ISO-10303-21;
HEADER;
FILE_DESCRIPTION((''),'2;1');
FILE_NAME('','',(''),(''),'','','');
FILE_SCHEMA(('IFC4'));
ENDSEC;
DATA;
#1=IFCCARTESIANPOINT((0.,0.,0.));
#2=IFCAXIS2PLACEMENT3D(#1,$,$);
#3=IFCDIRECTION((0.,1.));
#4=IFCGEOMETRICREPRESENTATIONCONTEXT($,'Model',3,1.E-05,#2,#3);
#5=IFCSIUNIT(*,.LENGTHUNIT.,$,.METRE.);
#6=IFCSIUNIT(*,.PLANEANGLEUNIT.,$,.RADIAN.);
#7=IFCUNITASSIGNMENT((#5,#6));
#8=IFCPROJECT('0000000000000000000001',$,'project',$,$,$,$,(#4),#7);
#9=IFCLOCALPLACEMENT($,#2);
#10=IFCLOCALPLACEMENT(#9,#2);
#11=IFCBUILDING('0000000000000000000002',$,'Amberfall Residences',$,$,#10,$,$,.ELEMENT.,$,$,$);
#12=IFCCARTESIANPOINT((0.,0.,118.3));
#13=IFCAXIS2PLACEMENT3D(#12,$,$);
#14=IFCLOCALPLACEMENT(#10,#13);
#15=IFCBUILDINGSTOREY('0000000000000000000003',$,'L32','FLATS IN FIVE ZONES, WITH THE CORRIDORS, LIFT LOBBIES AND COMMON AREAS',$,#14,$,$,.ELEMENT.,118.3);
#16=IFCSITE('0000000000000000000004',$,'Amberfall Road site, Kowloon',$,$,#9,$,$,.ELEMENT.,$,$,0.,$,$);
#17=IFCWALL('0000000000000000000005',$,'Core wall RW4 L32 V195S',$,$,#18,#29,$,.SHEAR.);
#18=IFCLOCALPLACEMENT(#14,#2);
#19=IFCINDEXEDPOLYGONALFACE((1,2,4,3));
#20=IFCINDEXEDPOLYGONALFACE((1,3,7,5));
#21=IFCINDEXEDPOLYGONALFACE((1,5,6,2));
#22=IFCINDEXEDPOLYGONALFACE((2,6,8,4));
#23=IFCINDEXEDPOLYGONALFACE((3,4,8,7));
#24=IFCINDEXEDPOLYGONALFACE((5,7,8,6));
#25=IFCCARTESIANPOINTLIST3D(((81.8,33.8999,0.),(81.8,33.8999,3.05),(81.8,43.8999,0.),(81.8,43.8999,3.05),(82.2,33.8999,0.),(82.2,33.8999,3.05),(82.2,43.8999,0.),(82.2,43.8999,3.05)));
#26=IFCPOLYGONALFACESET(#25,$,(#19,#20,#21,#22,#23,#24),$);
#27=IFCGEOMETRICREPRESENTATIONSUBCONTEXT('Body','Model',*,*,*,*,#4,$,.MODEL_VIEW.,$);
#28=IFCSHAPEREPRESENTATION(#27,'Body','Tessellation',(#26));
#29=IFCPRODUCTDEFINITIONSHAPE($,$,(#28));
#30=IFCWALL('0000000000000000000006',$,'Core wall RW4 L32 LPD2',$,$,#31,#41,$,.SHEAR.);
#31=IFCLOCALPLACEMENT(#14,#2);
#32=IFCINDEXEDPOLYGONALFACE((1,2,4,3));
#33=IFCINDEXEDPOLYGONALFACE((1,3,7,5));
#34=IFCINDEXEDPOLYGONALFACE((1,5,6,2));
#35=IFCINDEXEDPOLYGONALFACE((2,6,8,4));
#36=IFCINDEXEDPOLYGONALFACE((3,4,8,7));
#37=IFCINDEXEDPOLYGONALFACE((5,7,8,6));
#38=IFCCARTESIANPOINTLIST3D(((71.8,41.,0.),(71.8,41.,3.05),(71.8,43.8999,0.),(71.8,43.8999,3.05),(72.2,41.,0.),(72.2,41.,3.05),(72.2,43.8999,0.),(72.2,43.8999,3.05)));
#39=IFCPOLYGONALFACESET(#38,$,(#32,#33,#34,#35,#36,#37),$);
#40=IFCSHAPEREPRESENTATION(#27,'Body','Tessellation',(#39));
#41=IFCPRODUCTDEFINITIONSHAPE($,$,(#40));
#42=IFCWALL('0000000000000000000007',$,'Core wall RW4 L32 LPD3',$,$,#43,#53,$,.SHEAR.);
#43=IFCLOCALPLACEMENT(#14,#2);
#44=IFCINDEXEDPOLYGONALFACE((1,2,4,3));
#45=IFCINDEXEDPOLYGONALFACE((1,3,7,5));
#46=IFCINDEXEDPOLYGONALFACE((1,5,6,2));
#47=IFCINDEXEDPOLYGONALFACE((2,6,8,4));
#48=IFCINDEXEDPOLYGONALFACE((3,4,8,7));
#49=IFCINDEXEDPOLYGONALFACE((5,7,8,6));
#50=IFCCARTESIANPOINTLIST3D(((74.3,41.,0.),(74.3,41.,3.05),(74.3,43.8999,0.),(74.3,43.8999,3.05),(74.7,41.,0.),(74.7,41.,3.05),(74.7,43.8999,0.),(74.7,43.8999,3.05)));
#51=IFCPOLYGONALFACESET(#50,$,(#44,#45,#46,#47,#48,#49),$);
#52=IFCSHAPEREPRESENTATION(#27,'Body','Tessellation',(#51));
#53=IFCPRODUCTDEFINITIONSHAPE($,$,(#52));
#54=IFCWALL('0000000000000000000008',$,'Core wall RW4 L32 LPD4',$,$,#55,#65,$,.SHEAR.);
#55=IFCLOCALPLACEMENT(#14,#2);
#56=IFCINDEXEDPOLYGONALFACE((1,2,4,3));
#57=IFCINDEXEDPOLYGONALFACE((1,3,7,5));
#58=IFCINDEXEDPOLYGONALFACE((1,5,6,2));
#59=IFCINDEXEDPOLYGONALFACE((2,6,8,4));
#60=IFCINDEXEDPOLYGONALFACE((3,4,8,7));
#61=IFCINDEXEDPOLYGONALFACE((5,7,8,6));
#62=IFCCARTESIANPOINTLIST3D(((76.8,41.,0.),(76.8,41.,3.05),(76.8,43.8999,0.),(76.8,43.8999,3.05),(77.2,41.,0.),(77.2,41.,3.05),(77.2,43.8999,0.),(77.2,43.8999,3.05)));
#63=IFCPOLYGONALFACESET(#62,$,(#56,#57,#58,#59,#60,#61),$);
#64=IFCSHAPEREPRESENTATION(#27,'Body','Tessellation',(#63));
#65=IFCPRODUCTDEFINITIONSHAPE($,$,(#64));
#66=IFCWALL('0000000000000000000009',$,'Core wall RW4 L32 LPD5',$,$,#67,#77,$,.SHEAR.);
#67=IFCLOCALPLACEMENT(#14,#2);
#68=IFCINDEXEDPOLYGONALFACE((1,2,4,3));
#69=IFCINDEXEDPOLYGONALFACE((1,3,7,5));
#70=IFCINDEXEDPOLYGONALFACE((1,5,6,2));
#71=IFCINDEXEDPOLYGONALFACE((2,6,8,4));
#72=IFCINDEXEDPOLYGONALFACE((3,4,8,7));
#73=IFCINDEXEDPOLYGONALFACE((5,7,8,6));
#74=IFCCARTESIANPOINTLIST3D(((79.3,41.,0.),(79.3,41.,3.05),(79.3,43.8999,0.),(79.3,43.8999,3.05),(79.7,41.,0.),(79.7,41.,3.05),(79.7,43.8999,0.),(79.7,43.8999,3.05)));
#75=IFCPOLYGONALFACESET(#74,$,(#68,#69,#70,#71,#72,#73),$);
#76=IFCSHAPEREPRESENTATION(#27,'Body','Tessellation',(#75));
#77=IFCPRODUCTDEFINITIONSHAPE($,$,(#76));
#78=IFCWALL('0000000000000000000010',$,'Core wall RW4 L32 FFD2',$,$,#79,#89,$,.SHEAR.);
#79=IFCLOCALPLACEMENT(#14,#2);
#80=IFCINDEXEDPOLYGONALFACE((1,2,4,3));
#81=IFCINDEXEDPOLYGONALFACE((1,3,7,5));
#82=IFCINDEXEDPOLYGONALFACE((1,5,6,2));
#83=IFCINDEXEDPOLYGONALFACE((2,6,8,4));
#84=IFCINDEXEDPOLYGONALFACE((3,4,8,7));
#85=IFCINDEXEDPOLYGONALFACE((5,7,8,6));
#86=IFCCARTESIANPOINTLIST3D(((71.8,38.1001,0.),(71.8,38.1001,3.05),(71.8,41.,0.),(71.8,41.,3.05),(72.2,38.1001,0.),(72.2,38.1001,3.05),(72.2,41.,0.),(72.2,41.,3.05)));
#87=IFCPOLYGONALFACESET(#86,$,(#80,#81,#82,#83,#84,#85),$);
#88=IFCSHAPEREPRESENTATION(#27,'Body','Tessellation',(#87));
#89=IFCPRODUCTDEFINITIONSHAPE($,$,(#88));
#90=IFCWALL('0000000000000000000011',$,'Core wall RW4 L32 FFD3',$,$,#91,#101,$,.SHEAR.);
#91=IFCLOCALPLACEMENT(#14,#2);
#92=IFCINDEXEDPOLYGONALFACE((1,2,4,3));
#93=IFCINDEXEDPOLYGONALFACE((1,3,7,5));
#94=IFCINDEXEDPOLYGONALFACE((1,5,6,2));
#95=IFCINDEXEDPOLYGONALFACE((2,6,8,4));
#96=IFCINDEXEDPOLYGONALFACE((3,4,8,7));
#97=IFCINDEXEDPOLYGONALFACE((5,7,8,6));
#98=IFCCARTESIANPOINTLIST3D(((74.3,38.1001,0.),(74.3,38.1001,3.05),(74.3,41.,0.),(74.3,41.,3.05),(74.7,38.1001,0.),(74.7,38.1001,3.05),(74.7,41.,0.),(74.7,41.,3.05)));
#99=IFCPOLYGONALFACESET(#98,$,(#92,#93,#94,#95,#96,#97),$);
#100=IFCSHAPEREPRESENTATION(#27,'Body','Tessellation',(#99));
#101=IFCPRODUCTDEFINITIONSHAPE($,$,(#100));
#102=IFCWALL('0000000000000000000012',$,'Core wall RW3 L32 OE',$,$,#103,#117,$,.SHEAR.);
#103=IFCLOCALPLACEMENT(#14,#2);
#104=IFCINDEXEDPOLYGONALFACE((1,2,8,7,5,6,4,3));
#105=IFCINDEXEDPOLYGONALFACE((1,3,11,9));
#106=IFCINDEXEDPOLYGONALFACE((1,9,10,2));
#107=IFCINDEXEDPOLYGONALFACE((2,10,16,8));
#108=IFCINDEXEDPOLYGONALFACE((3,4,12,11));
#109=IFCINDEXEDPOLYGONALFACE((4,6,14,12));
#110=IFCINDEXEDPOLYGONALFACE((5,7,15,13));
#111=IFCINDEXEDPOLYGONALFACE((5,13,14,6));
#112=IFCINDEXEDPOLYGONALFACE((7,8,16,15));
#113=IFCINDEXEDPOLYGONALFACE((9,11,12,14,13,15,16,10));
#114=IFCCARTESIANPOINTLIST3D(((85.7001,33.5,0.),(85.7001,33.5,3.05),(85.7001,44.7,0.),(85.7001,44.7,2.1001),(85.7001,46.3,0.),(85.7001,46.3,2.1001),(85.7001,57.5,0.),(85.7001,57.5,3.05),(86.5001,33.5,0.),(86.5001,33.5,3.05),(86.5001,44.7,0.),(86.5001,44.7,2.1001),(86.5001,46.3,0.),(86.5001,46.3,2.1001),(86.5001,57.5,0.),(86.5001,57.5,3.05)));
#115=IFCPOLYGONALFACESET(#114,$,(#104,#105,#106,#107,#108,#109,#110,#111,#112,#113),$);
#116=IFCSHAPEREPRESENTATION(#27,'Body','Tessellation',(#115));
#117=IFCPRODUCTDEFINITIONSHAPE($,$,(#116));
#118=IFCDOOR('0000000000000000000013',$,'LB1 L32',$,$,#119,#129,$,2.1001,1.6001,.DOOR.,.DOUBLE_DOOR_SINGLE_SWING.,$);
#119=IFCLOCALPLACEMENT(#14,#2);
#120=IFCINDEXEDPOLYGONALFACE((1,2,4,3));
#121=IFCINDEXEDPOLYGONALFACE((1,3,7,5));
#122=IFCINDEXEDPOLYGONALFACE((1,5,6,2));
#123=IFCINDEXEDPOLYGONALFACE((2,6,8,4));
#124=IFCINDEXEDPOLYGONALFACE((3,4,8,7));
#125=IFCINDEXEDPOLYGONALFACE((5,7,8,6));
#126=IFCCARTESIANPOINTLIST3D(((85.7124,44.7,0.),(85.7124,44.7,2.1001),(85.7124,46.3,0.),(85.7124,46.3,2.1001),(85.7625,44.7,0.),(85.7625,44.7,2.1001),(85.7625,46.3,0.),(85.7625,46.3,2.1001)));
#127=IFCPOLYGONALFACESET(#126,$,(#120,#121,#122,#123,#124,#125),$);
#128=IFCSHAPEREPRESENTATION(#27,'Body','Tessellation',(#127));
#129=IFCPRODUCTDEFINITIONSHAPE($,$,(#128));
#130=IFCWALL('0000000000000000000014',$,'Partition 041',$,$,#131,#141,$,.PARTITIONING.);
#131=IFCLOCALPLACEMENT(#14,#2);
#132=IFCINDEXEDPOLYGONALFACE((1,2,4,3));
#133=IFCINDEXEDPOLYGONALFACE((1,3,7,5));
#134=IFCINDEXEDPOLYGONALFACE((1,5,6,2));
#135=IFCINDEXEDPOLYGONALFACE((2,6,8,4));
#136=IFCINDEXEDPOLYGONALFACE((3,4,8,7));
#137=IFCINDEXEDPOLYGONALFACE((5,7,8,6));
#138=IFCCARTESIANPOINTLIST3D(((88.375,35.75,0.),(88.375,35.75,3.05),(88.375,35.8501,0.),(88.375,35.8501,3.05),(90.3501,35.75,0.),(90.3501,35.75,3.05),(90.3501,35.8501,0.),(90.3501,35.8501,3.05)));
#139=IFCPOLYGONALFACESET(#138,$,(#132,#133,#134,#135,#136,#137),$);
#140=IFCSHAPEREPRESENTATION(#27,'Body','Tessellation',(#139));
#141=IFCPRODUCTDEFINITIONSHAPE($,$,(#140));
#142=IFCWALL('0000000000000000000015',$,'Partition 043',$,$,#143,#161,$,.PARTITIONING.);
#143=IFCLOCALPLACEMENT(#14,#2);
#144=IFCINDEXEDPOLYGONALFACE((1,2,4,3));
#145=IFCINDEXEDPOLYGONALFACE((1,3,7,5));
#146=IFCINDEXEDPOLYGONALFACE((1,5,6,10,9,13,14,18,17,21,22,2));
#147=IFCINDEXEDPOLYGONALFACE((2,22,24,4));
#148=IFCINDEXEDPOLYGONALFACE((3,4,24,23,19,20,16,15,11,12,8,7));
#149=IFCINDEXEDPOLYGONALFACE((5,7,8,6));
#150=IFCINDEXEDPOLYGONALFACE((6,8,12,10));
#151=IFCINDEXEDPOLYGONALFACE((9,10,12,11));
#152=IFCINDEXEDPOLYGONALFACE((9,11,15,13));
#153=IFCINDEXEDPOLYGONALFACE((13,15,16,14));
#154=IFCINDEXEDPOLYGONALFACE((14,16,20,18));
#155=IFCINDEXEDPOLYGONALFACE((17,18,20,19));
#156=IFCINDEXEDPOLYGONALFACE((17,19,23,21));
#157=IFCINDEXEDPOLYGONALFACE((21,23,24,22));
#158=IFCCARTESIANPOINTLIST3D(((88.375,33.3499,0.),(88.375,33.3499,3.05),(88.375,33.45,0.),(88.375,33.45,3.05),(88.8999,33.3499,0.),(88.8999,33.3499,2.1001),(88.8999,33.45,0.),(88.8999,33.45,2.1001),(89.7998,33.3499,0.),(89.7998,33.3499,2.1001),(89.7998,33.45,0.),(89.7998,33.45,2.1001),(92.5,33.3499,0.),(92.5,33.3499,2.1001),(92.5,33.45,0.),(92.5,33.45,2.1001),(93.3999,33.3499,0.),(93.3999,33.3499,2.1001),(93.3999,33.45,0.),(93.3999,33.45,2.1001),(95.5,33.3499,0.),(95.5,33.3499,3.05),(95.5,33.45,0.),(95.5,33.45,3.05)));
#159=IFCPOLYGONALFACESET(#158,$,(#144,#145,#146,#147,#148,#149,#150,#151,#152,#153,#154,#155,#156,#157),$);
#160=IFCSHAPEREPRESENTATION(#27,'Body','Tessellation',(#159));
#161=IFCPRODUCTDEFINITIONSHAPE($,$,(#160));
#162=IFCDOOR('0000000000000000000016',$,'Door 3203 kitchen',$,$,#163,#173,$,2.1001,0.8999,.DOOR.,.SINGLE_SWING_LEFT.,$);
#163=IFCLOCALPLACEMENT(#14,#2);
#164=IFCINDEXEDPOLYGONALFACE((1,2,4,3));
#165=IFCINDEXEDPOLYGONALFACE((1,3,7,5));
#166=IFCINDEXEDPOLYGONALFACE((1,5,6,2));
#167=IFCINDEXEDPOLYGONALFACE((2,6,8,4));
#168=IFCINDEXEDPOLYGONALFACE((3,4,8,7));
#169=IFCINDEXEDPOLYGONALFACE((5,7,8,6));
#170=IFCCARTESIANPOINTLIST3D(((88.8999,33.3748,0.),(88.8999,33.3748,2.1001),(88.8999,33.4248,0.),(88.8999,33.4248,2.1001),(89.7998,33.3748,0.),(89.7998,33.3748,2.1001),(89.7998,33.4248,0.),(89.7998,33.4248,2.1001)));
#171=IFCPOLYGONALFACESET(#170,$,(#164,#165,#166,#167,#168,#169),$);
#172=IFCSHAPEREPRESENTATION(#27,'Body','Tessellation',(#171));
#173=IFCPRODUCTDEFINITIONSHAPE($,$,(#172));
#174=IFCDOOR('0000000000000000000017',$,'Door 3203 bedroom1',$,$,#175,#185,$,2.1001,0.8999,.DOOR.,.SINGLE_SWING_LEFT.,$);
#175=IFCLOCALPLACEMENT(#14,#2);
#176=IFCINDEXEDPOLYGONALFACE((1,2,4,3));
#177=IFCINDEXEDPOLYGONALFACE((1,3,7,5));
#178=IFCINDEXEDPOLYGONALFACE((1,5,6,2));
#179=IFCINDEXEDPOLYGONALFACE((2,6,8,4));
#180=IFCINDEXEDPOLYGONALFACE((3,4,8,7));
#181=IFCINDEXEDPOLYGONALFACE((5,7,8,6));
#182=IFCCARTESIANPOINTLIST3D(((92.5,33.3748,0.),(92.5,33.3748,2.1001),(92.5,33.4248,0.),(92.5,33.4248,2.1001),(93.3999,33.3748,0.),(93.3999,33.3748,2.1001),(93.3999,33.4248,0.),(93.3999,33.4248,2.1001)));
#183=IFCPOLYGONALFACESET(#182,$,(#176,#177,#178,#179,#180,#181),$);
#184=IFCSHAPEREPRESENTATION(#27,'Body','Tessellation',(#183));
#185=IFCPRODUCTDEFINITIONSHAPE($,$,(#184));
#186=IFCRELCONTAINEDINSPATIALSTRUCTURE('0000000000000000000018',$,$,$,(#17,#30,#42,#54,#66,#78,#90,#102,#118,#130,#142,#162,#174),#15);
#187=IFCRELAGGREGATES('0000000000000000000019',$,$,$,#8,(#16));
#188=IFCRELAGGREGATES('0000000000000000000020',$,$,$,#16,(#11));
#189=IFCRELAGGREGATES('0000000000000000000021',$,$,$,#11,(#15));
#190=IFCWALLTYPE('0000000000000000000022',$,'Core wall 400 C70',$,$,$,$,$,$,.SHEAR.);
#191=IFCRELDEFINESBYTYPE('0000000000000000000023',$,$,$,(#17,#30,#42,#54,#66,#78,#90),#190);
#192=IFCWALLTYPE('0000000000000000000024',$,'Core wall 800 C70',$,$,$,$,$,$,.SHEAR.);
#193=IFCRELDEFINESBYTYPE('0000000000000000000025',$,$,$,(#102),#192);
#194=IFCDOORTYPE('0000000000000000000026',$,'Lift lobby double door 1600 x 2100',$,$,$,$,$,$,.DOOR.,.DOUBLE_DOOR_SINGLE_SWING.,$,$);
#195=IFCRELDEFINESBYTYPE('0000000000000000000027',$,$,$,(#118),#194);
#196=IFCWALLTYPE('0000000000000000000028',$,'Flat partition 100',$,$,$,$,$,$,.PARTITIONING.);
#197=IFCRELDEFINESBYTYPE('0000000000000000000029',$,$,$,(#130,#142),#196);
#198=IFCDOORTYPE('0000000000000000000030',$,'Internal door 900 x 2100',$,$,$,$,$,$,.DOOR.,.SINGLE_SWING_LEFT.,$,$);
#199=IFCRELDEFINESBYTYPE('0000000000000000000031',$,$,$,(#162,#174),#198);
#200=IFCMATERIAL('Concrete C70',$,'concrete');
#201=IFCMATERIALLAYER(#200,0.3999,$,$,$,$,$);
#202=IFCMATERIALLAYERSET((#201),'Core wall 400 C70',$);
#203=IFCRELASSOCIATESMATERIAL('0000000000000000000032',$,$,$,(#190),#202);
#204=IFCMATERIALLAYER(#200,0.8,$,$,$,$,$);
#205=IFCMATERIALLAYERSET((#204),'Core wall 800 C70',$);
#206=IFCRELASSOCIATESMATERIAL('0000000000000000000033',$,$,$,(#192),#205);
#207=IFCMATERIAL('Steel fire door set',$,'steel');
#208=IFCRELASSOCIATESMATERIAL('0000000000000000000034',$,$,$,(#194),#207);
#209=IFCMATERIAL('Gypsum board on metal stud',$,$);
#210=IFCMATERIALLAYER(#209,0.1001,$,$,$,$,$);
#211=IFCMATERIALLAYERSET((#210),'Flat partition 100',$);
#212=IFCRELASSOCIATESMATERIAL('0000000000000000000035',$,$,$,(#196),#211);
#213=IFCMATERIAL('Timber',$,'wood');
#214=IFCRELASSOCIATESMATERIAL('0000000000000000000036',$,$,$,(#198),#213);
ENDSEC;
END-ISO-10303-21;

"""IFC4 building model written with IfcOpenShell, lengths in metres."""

from ifc_helpers import new_model, si_unit, direction, frame, frame_2d, origin, place, context, subcontext, project, spatial, rectangle, extrude, material, layer, layer_set, type_object, element, fill, save


model = new_model("IFC4")

# Units and contexts
model_context = context("Model", 3, precision=1e-05, world=origin(), true_north=direction((0.0, 1.0)))
body_context = subcontext(model_context, "Body", "Model", "MODEL_VIEW")
ifc_project = project(units=[si_unit("LENGTHUNIT", "METRE"), si_unit("PLANEANGLEUNIT", "RADIAN")], contexts=[model_context])

# Site, building, storey
site_placement = place(None, origin())
site = spatial("IfcSite", under=ifc_project, at=site_placement, Name="Amberfall Road site, Kowloon", CompositionType="ELEMENT", RefElevation=0.0)
building_placement = place(site_placement, origin())
building = spatial("IfcBuilding", under=site, at=building_placement, Name="Amberfall Residences", CompositionType="ELEMENT")
storey_placement = place(building_placement, frame((0.0, 0.0, 118.3)))
storey = spatial("IfcBuildingStorey", under=building, at=storey_placement, Name="L32", Description="FLATS IN FIVE ZONES, WITH THE CORRIDORS, LIFT LOBBIES AND COMMON AREAS", CompositionType="ELEMENT", Elevation=118.3)

# Walls
ifc_material_1 = material(Name="Concrete C70", Category="concrete")
ifc_layer_1 = layer(ifc_material_1, 0.3999)
ifc_layer_set_1 = layer_set([ifc_layer_1], Name="Core wall 400 C70")
wall_type_1 = type_object("IfcWallType", Name="Core wall 400 C70", PredefinedType="SHEAR", material=ifc_layer_set_1)
wall_1_placement = place(storey_placement, frame((82.0, 33.8999, 0.0), z_axis=(0.0, 0.0, 1.0), x_axis=(0.0, 1.0, 0.0)))
element("IfcWall", 1, at=wall_1_placement, inside=storey, type_object=wall_type_1, Name="Core wall RW4 L32 V195S", PredefinedType="SHEAR", context=body_context, shape_type="SweptSolid", body=[
    extrude(rectangle(XDim=10.0, YDim=0.3999, at=frame_2d((5.0, 0.0))), origin(), (0.0, 0.0, 1.0), 3.05),
])
for number, where, z_axis, x_axis, name in (
    (2, (72.0, 41.0, 0.0), (0.0, 0.0, 1.0), (0.0, 1.0, 0.0), "Core wall RW4 L32 LPD2"),
    (3, (74.5, 41.0, 0.0), (0.0, 0.0, 1.0), (0.0, 1.0, 0.0), "Core wall RW4 L32 LPD3"),
    (4, (77.0, 41.0, 0.0), (0.0, 0.0, 1.0), (0.0, 1.0, 0.0), "Core wall RW4 L32 LPD4"),
    (5, (79.5, 41.0, 0.0), (0.0, 0.0, 1.0), (0.0, 1.0, 0.0), "Core wall RW4 L32 LPD5"),
    (6, (72.0, 38.1001, 0.0), (0.0, 0.0, 1.0), (0.0, 1.0, 0.0), "Core wall RW4 L32 FFD2"),
    (7, (74.5, 38.1001, 0.0), (0.0, 0.0, 1.0), (0.0, 1.0, 0.0), "Core wall RW4 L32 FFD3"),
):
    element("IfcWall", number, at=place(storey_placement, frame(where, z_axis=z_axis, x_axis=x_axis)), inside=storey, type_object=wall_type_1, Name=name, PredefinedType="SHEAR", context=body_context, shape_type="SweptSolid", body=[
        extrude(rectangle(XDim=2.8999, YDim=0.3999, at=frame_2d((1.45, 0.0))), origin(), (0.0, 0.0, 1.0), 3.05),
    ])

# Wall, opening, door
ifc_layer_2 = layer(ifc_material_1, 0.8)
ifc_layer_set_2 = layer_set([ifc_layer_2], Name="Core wall 800 C70")
wall_type_2 = type_object("IfcWallType", Name="Core wall 800 C70", PredefinedType="SHEAR", material=ifc_layer_set_2)
wall_2_placement = place(storey_placement, frame((86.1001, 33.5, 0.0), z_axis=(0.0, 0.0, 1.0), x_axis=(0.0, 1.0, 0.0)))
wall_2 = element("IfcWall", 8, at=wall_2_placement, inside=storey, type_object=wall_type_2, Name="Core wall RW3 L32 OE", PredefinedType="SHEAR", context=body_context, shape_type="SweptSolid", body=[
    extrude(rectangle(XDim=24.0, YDim=0.8, at=frame_2d((12.0, 0.0))), origin(), (0.0, 0.0, 1.0), 3.05),
])
opening_1_placement = place(wall_2_placement, frame((11.2, 0.0, 0.0)))
opening_1 = element("IfcOpeningElement", 9, at=opening_1_placement, cuts=wall_2, PredefinedType="OPENING", context=body_context, shape_type="SweptSolid", body=[
    extrude(rectangle(XDim=1.6001, YDim=2.1001, at=frame_2d((0.8, 1.05))), frame((0.0, 0.4099, 0.0), z_axis=(0.0, -1.0, 0.0), x_axis=(1.0, 0.0, 0.0)), (0.0, 0.0, 1.0), 0.8201),
])
ifc_material_2 = material(Name="Steel fire door set", Category="steel")
door_type_1 = type_object("IfcDoorType", Name="Lift lobby double door 1600 x 2100", OperationType="DOUBLE_DOOR_SINGLE_SWING", PredefinedType="DOOR", material=ifc_material_2)
door_1_placement = place(opening_1_placement, origin())
door_1 = element("IfcDoor", 10, at=door_1_placement, inside=storey, type_object=door_type_1, Name="LB1 L32", OperationType="DOUBLE_DOOR_SINGLE_SWING", OverallHeight=2.1001, OverallWidth=1.6001, PredefinedType="DOOR", context=body_context, shape_type="SweptSolid", body=[
    extrude(rectangle(XDim=1.6001, YDim=2.1001, at=frame_2d((0.8, 1.05))), frame((0.0, 0.3877, 0.0), z_axis=(0.0, -1.0, 0.0), x_axis=(1.0, 0.0, 0.0)), (0.0, 0.0, 1.0), 0.05),
])
fill(opening_1, door_1)

# Wall
ifc_material_3 = material(Name="Gypsum board on metal stud")
ifc_layer_3 = layer(ifc_material_3, 0.1001)
ifc_layer_set_3 = layer_set([ifc_layer_3], Name="Flat partition 100")
wall_type_3 = type_object("IfcWallType", Name="Flat partition 100", PredefinedType="PARTITIONING", material=ifc_layer_set_3)
wall_3_placement = place(storey_placement, frame((88.375, 35.8, 0.0), z_axis=(0.0, 0.0, 1.0), x_axis=(1.0, 0.0, 0.0)))
element("IfcWall", 11, at=wall_3_placement, inside=storey, type_object=wall_type_3, Name="Partition 041", PredefinedType="PARTITIONING", context=body_context, shape_type="SweptSolid", body=[
    extrude(rectangle(XDim=1.9751, YDim=0.1001, at=frame_2d((0.9875, 0.0))), origin(), (0.0, 0.0, 1.0), 3.05),
])

# Wall, openings, doors
wall_4_placement = place(storey_placement, frame((88.375, 33.3999, 0.0), z_axis=(0.0, 0.0, 1.0), x_axis=(1.0, 0.0, 0.0)))
wall_4 = element("IfcWall", 12, at=wall_4_placement, inside=storey, type_object=wall_type_3, Name="Partition 043", PredefinedType="PARTITIONING", context=body_context, shape_type="SweptSolid", body=[
    extrude(rectangle(XDim=7.125, YDim=0.1001, at=frame_2d((3.5625, 0.0))), origin(), (0.0, 0.0, 1.0), 3.05),
])
opening_2_placement = place(wall_4_placement, frame((0.5249, 0.0, 0.0)))
opening_2 = element("IfcOpeningElement", 13, at=opening_2_placement, cuts=wall_4, PredefinedType="OPENING", context=body_context, shape_type="SweptSolid", body=[
    extrude(rectangle(XDim=0.8999, YDim=2.1001, at=frame_2d((0.45, 1.05))), frame((0.0, 0.0601, 0.0), z_axis=(0.0, -1.0, 0.0), x_axis=(1.0, 0.0, 0.0)), (0.0, 0.0, 1.0), 0.1201),
])
opening_3_placement = place(wall_4_placement, frame((4.125, 0.0, 0.0)))
opening_3 = element("IfcOpeningElement", 14, at=opening_3_placement, cuts=wall_4, PredefinedType="OPENING", context=body_context, shape_type="SweptSolid", body=[
    extrude(rectangle(XDim=0.8999, YDim=2.1001, at=frame_2d((0.45, 1.05))), frame((0.0, 0.0601, 0.0), z_axis=(0.0, -1.0, 0.0), x_axis=(1.0, 0.0, 0.0)), (0.0, 0.0, 1.0), 0.1201),
])
ifc_material_4 = material(Name="Timber", Category="wood")
door_type_2 = type_object("IfcDoorType", Name="Internal door 900 x 2100", OperationType="SINGLE_SWING_LEFT", PredefinedType="DOOR", material=ifc_material_4)
door_2_placement = place(opening_2_placement, origin())
door_2 = element("IfcDoor", 15, at=door_2_placement, inside=storey, type_object=door_type_2, Name="Door 3203 kitchen", OperationType="SINGLE_SWING_LEFT", OverallHeight=2.1001, OverallWidth=0.8999, PredefinedType="DOOR", context=body_context, shape_type="SweptSolid", body=[
    extrude(rectangle(XDim=0.8999, YDim=2.1001, at=frame_2d((0.45, 1.05))), frame((0.0, 0.0249, 0.0), z_axis=(0.0, -1.0, 0.0), x_axis=(1.0, 0.0, 0.0)), (0.0, 0.0, 1.0), 0.05),
])
fill(opening_2, door_2)
door_3_placement = place(opening_3_placement, origin())
door_3 = element("IfcDoor", 16, at=door_3_placement, inside=storey, type_object=door_type_2, Name="Door 3203 bedroom1", OperationType="SINGLE_SWING_LEFT", OverallHeight=2.1001, OverallWidth=0.8999, PredefinedType="DOOR", context=body_context, shape_type="SweptSolid", body=[
    extrude(rectangle(XDim=0.8999, YDim=2.1001, at=frame_2d((0.45, 1.05))), frame((0.0, 0.0249, 0.0), z_axis=(0.0, -1.0, 0.0), x_axis=(1.0, 0.0, 0.0)), (0.0, 0.0, 1.0), 0.05),
])
fill(opening_3, door_3)

save(model, "model.ifc")
